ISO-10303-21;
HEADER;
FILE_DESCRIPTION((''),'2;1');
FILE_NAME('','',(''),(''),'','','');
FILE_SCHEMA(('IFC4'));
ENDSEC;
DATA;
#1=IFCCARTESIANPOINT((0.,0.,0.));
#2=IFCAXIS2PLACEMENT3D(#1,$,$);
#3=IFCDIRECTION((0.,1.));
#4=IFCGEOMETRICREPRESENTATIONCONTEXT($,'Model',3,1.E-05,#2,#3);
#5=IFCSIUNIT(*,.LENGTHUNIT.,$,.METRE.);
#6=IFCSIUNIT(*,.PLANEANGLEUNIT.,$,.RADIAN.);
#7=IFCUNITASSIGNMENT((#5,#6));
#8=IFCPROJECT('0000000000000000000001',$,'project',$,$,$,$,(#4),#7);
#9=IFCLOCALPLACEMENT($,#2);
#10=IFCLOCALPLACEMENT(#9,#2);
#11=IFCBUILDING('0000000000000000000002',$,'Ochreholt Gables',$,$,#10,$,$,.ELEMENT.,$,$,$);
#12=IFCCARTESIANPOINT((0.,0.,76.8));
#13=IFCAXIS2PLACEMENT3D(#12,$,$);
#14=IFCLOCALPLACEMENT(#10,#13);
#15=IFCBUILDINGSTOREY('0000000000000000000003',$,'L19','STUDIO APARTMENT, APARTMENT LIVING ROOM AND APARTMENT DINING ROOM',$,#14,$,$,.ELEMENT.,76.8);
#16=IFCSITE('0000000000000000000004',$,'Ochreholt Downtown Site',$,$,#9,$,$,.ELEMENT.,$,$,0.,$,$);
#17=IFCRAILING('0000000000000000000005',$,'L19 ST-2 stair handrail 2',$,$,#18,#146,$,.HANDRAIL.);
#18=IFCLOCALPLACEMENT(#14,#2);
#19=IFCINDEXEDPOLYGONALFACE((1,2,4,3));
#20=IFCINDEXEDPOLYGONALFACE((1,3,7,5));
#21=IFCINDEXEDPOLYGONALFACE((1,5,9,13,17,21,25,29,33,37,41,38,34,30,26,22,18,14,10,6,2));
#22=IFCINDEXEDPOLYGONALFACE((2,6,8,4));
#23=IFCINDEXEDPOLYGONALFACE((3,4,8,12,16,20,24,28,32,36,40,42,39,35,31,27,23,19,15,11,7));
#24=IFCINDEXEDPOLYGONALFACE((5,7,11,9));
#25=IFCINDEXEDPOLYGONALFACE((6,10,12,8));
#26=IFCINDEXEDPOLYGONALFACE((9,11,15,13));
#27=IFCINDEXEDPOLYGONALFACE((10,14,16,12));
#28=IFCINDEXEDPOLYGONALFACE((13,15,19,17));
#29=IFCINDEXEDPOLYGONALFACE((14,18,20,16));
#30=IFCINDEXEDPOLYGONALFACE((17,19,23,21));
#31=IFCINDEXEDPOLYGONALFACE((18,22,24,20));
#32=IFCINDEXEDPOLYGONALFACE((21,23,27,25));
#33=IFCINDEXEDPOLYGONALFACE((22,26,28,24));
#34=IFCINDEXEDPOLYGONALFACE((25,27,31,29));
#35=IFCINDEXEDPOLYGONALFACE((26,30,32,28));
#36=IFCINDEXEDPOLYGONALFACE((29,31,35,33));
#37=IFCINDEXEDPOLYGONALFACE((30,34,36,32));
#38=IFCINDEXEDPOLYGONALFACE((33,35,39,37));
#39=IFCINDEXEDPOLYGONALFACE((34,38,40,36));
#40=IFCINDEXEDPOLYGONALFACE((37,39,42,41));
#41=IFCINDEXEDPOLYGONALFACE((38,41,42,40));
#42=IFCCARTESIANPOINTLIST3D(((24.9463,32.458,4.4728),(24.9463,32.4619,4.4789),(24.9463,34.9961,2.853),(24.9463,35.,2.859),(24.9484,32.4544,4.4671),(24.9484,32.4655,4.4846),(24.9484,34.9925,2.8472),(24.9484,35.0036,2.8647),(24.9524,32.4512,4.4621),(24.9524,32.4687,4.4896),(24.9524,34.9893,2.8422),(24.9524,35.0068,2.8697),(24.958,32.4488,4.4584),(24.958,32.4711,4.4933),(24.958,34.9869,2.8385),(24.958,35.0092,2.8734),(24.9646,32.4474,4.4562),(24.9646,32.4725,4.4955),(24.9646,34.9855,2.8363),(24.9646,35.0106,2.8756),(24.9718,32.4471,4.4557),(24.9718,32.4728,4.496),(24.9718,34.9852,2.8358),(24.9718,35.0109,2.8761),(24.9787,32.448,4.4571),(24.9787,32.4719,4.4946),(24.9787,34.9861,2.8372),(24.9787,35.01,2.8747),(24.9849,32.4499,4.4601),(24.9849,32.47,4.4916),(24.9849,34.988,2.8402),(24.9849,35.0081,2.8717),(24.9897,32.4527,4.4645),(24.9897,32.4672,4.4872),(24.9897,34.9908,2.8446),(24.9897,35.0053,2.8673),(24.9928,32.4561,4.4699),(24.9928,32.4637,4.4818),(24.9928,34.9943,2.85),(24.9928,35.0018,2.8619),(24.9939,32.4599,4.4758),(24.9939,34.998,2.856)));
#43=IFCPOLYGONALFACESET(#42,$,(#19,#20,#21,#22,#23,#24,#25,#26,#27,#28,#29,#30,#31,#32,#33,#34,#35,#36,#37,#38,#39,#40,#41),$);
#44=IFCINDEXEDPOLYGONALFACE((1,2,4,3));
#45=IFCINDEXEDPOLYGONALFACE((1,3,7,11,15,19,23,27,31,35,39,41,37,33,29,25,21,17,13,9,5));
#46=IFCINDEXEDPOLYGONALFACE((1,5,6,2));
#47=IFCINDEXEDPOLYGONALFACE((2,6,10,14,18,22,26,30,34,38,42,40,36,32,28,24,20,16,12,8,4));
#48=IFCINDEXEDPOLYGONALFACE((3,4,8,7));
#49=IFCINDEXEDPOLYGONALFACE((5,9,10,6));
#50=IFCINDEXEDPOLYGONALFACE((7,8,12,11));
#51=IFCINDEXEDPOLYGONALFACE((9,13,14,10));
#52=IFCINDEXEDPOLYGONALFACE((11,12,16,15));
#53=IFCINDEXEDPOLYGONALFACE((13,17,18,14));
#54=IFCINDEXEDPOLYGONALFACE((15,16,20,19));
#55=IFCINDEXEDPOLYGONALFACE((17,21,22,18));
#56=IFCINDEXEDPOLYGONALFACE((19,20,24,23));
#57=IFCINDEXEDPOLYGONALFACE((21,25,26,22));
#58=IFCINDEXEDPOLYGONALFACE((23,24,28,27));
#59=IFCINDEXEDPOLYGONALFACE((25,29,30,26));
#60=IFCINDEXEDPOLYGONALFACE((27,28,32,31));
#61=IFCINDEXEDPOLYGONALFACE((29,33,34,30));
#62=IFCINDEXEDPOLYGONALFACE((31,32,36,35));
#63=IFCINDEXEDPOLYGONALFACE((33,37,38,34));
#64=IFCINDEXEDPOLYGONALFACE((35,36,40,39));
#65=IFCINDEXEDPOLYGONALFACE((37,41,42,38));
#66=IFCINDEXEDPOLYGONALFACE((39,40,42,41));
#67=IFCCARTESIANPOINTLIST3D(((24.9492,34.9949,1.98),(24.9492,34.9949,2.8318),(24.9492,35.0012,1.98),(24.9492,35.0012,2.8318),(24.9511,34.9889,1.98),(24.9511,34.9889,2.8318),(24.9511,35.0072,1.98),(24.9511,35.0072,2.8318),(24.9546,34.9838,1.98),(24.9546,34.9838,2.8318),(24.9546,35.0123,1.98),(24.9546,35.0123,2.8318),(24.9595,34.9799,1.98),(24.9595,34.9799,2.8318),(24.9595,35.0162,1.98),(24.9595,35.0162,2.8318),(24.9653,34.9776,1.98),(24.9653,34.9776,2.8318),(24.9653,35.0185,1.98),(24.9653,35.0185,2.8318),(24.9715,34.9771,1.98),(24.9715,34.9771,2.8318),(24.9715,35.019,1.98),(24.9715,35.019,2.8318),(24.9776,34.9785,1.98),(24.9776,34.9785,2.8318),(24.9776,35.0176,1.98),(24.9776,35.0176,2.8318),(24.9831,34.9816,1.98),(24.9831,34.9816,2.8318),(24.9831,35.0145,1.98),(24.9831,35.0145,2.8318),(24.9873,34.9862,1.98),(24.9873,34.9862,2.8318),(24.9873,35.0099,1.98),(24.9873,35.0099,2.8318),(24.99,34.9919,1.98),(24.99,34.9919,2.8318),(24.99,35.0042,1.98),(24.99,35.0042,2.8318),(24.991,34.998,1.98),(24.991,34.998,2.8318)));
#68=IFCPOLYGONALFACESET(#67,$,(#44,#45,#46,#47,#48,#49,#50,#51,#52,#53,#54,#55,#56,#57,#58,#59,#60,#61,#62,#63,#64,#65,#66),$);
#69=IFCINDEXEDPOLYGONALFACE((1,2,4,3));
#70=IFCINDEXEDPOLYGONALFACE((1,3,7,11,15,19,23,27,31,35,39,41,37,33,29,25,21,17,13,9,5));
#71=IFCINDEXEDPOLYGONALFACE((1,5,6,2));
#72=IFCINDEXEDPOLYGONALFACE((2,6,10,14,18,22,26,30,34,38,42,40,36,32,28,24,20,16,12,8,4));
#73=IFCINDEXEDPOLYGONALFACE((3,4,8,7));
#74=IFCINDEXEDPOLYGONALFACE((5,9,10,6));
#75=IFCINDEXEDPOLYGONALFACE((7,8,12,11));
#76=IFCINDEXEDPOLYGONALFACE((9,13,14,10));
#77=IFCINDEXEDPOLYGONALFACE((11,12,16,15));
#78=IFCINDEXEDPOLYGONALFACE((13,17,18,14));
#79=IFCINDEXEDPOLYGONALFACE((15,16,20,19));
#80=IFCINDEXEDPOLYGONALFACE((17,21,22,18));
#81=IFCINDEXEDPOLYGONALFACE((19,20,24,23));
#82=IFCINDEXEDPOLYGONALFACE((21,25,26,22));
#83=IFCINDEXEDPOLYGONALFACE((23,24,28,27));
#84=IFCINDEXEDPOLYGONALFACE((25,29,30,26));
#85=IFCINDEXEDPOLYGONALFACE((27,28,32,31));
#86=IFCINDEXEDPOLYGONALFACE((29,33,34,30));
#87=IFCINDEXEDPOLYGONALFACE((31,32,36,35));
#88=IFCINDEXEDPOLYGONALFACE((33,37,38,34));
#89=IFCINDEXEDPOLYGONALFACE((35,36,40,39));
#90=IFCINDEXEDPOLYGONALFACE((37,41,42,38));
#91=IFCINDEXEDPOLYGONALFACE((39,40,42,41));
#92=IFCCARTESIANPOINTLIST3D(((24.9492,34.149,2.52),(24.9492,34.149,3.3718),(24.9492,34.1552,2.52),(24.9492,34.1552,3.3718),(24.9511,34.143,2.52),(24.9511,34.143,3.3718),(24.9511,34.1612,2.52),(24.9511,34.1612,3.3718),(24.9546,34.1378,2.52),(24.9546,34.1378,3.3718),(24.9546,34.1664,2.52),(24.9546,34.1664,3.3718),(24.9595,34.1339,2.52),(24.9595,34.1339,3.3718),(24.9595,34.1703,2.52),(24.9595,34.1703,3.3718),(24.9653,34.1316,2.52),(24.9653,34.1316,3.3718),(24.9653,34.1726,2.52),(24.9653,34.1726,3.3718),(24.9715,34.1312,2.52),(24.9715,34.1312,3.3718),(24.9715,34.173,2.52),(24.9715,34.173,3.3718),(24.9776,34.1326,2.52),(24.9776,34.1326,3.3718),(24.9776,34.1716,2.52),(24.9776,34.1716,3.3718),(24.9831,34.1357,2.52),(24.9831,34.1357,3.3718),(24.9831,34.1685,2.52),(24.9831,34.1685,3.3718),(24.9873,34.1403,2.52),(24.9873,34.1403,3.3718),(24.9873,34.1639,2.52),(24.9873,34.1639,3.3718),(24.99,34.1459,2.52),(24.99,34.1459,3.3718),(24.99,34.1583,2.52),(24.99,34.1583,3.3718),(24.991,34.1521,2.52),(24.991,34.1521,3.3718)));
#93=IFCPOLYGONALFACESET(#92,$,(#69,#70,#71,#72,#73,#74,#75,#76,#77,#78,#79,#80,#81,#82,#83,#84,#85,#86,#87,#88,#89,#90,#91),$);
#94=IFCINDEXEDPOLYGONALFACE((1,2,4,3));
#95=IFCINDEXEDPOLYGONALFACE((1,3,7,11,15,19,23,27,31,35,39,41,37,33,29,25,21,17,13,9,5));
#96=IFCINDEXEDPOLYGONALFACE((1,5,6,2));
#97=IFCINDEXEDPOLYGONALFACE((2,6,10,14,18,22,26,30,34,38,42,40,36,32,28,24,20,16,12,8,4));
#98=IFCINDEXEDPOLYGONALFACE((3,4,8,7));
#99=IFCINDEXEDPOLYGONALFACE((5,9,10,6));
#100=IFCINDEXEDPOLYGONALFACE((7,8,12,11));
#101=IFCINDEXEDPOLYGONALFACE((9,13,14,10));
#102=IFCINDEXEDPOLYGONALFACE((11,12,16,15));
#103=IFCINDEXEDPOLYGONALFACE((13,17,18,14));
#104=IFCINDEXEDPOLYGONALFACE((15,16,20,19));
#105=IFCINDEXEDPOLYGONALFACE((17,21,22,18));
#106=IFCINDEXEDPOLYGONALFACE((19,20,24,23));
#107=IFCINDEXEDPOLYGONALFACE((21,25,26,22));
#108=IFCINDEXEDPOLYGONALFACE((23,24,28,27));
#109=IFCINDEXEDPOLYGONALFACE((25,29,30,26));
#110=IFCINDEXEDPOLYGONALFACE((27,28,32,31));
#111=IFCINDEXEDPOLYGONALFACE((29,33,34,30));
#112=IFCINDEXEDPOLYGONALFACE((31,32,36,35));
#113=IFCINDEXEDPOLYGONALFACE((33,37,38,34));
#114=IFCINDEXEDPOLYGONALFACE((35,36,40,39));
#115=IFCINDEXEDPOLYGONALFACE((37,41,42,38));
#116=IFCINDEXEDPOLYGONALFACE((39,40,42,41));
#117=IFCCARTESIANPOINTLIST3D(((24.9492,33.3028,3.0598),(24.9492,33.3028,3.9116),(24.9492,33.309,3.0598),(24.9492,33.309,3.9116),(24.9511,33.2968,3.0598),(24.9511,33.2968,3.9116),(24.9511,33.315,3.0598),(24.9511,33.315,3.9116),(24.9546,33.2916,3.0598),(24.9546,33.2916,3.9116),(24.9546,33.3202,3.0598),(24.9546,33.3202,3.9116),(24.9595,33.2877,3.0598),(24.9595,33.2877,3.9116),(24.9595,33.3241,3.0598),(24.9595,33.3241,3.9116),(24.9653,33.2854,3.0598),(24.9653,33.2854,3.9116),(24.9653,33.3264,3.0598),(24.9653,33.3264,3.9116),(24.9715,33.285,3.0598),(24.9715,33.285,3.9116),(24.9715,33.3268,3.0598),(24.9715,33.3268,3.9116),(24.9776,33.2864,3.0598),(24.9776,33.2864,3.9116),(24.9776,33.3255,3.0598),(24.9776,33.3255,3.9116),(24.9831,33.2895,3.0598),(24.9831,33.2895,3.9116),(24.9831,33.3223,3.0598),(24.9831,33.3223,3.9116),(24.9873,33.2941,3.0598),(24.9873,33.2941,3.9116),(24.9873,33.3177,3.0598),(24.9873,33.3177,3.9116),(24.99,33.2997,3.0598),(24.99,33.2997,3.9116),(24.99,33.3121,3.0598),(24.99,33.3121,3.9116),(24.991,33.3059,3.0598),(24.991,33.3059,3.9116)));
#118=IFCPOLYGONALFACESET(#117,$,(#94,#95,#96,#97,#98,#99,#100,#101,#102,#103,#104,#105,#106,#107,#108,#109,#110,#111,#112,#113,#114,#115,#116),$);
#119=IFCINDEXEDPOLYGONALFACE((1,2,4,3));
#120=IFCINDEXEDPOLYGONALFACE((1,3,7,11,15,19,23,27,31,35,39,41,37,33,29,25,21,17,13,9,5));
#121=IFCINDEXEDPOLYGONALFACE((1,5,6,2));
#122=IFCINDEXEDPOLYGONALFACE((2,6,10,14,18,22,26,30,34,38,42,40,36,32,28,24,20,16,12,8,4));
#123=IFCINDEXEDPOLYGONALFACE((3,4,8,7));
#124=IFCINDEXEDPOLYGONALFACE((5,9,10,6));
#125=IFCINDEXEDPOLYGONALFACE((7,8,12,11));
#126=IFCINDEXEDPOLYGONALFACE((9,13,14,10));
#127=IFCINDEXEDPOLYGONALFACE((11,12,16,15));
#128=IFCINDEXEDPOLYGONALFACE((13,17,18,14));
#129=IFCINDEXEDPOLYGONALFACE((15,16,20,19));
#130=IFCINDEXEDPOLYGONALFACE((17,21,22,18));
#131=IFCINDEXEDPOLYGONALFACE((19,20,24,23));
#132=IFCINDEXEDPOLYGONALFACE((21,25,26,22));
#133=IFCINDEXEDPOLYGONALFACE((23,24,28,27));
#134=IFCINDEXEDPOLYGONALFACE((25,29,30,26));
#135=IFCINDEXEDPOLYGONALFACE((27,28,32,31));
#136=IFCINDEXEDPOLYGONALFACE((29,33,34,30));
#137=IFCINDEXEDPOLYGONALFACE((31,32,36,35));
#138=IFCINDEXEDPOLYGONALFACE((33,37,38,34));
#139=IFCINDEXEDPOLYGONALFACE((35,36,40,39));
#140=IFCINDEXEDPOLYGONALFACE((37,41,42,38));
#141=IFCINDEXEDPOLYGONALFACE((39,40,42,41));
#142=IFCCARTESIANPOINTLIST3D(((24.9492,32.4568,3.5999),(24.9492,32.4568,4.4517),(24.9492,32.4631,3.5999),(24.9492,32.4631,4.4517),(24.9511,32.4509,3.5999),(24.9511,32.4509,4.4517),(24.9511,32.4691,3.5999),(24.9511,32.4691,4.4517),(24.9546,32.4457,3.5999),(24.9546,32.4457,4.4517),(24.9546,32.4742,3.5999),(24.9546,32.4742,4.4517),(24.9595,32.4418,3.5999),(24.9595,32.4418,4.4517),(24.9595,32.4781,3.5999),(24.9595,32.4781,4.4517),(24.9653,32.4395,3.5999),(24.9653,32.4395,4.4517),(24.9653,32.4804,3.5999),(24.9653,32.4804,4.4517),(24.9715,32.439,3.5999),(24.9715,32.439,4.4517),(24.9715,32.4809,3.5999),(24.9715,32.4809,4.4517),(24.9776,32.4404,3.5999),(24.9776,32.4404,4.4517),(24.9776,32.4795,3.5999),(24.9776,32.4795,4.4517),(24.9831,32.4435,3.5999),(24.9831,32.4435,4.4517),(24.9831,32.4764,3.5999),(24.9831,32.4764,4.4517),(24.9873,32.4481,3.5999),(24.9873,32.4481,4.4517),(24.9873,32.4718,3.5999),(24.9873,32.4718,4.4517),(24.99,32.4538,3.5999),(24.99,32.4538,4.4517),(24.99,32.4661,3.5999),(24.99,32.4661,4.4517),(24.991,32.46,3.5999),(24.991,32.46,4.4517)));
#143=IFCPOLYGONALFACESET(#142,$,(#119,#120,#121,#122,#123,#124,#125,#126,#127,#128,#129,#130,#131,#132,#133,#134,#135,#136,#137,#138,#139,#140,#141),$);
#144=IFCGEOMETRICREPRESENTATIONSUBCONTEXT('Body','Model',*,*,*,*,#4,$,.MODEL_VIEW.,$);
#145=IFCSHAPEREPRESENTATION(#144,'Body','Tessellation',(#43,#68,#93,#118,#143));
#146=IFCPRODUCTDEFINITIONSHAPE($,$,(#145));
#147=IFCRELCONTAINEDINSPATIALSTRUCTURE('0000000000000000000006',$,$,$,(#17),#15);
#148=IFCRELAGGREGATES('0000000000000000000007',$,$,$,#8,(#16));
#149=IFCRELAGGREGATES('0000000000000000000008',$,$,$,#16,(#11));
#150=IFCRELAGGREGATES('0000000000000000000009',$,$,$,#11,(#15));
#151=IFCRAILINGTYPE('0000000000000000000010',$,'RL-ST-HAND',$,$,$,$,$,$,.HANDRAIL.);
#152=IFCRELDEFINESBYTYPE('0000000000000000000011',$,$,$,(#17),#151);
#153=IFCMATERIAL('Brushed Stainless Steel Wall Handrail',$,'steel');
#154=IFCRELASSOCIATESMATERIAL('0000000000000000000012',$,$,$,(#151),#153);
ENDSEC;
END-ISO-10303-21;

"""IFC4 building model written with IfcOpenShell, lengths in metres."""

from ifc_helpers import new_model, si_unit, direction, frame, origin, origin_2d, place, context, subcontext, project, spatial, circle, extrude, material, type_object, element, save


model = new_model("IFC4")

# Units and contexts
model_context = context("Model", 3, precision=1e-05, world=origin(), true_north=direction((0.0, 1.0)))
body_context = subcontext(model_context, "Body", "Model", "MODEL_VIEW")
ifc_project = project(units=[si_unit("LENGTHUNIT", "METRE"), si_unit("PLANEANGLEUNIT", "RADIAN")], contexts=[model_context])

# Site, building, storey
site_placement = place(None, origin())
site = spatial("IfcSite", under=ifc_project, at=site_placement, Name="Ochreholt Downtown Site", CompositionType="ELEMENT", RefElevation=0.0)
building_placement = place(site_placement, origin())
building = spatial("IfcBuilding", under=site, at=building_placement, Name="Ochreholt Gables", CompositionType="ELEMENT")
storey_placement = place(building_placement, frame((0.0, 0.0, 76.8)))
storey = spatial("IfcBuildingStorey", under=building, at=storey_placement, Name="L19", Description="STUDIO APARTMENT, APARTMENT LIVING ROOM AND APARTMENT DINING ROOM", CompositionType="ELEMENT", Elevation=76.8)

# Railing
ifc_material_1 = material(Name="Brushed Stainless Steel Wall Handrail", Category="steel")
railing_type_1 = type_object("IfcRailingType", Name="RL-ST-HAND", PredefinedType="HANDRAIL", material=ifc_material_1)
railing_1_placement = place(storey_placement, frame((24.97, 34.998, 1.98)))
element("IfcRailing", 1, at=railing_1_placement, inside=storey, type_object=railing_type_1, Name="L19 ST-2 stair handrail 2", PredefinedType="HANDRAIL", context=body_context, shape_type="SweptSolid", body=[
    extrude(circle(Radius=0.0239, at=origin_2d()), frame((0.0, 0.0, 0.876), z_axis=(0.0, -0.84295, 0.537993), x_axis=(1.0, 0.0, 0.0)), (0.0, 0.0, 1.0), 3.011),
    extrude(circle(Radius=0.021, at=origin_2d()), origin(), (0.0, 0.0, 1.0), 0.8518),
    extrude(circle(Radius=0.021, at=origin_2d()), frame((0.0, -0.8459, 0.54)), (0.0, 0.0, 1.0), 0.8518),
    extrude(circle(Radius=0.021, at=origin_2d()), frame((0.0, -1.6921, 1.0798)), (0.0, 0.0, 1.0), 0.8518),
    extrude(circle(Radius=0.021, at=origin_2d()), frame((0.0, -2.5381, 1.6199)), (0.0, 0.0, 1.0), 0.8518),
])

save(model, "model.ifc")
